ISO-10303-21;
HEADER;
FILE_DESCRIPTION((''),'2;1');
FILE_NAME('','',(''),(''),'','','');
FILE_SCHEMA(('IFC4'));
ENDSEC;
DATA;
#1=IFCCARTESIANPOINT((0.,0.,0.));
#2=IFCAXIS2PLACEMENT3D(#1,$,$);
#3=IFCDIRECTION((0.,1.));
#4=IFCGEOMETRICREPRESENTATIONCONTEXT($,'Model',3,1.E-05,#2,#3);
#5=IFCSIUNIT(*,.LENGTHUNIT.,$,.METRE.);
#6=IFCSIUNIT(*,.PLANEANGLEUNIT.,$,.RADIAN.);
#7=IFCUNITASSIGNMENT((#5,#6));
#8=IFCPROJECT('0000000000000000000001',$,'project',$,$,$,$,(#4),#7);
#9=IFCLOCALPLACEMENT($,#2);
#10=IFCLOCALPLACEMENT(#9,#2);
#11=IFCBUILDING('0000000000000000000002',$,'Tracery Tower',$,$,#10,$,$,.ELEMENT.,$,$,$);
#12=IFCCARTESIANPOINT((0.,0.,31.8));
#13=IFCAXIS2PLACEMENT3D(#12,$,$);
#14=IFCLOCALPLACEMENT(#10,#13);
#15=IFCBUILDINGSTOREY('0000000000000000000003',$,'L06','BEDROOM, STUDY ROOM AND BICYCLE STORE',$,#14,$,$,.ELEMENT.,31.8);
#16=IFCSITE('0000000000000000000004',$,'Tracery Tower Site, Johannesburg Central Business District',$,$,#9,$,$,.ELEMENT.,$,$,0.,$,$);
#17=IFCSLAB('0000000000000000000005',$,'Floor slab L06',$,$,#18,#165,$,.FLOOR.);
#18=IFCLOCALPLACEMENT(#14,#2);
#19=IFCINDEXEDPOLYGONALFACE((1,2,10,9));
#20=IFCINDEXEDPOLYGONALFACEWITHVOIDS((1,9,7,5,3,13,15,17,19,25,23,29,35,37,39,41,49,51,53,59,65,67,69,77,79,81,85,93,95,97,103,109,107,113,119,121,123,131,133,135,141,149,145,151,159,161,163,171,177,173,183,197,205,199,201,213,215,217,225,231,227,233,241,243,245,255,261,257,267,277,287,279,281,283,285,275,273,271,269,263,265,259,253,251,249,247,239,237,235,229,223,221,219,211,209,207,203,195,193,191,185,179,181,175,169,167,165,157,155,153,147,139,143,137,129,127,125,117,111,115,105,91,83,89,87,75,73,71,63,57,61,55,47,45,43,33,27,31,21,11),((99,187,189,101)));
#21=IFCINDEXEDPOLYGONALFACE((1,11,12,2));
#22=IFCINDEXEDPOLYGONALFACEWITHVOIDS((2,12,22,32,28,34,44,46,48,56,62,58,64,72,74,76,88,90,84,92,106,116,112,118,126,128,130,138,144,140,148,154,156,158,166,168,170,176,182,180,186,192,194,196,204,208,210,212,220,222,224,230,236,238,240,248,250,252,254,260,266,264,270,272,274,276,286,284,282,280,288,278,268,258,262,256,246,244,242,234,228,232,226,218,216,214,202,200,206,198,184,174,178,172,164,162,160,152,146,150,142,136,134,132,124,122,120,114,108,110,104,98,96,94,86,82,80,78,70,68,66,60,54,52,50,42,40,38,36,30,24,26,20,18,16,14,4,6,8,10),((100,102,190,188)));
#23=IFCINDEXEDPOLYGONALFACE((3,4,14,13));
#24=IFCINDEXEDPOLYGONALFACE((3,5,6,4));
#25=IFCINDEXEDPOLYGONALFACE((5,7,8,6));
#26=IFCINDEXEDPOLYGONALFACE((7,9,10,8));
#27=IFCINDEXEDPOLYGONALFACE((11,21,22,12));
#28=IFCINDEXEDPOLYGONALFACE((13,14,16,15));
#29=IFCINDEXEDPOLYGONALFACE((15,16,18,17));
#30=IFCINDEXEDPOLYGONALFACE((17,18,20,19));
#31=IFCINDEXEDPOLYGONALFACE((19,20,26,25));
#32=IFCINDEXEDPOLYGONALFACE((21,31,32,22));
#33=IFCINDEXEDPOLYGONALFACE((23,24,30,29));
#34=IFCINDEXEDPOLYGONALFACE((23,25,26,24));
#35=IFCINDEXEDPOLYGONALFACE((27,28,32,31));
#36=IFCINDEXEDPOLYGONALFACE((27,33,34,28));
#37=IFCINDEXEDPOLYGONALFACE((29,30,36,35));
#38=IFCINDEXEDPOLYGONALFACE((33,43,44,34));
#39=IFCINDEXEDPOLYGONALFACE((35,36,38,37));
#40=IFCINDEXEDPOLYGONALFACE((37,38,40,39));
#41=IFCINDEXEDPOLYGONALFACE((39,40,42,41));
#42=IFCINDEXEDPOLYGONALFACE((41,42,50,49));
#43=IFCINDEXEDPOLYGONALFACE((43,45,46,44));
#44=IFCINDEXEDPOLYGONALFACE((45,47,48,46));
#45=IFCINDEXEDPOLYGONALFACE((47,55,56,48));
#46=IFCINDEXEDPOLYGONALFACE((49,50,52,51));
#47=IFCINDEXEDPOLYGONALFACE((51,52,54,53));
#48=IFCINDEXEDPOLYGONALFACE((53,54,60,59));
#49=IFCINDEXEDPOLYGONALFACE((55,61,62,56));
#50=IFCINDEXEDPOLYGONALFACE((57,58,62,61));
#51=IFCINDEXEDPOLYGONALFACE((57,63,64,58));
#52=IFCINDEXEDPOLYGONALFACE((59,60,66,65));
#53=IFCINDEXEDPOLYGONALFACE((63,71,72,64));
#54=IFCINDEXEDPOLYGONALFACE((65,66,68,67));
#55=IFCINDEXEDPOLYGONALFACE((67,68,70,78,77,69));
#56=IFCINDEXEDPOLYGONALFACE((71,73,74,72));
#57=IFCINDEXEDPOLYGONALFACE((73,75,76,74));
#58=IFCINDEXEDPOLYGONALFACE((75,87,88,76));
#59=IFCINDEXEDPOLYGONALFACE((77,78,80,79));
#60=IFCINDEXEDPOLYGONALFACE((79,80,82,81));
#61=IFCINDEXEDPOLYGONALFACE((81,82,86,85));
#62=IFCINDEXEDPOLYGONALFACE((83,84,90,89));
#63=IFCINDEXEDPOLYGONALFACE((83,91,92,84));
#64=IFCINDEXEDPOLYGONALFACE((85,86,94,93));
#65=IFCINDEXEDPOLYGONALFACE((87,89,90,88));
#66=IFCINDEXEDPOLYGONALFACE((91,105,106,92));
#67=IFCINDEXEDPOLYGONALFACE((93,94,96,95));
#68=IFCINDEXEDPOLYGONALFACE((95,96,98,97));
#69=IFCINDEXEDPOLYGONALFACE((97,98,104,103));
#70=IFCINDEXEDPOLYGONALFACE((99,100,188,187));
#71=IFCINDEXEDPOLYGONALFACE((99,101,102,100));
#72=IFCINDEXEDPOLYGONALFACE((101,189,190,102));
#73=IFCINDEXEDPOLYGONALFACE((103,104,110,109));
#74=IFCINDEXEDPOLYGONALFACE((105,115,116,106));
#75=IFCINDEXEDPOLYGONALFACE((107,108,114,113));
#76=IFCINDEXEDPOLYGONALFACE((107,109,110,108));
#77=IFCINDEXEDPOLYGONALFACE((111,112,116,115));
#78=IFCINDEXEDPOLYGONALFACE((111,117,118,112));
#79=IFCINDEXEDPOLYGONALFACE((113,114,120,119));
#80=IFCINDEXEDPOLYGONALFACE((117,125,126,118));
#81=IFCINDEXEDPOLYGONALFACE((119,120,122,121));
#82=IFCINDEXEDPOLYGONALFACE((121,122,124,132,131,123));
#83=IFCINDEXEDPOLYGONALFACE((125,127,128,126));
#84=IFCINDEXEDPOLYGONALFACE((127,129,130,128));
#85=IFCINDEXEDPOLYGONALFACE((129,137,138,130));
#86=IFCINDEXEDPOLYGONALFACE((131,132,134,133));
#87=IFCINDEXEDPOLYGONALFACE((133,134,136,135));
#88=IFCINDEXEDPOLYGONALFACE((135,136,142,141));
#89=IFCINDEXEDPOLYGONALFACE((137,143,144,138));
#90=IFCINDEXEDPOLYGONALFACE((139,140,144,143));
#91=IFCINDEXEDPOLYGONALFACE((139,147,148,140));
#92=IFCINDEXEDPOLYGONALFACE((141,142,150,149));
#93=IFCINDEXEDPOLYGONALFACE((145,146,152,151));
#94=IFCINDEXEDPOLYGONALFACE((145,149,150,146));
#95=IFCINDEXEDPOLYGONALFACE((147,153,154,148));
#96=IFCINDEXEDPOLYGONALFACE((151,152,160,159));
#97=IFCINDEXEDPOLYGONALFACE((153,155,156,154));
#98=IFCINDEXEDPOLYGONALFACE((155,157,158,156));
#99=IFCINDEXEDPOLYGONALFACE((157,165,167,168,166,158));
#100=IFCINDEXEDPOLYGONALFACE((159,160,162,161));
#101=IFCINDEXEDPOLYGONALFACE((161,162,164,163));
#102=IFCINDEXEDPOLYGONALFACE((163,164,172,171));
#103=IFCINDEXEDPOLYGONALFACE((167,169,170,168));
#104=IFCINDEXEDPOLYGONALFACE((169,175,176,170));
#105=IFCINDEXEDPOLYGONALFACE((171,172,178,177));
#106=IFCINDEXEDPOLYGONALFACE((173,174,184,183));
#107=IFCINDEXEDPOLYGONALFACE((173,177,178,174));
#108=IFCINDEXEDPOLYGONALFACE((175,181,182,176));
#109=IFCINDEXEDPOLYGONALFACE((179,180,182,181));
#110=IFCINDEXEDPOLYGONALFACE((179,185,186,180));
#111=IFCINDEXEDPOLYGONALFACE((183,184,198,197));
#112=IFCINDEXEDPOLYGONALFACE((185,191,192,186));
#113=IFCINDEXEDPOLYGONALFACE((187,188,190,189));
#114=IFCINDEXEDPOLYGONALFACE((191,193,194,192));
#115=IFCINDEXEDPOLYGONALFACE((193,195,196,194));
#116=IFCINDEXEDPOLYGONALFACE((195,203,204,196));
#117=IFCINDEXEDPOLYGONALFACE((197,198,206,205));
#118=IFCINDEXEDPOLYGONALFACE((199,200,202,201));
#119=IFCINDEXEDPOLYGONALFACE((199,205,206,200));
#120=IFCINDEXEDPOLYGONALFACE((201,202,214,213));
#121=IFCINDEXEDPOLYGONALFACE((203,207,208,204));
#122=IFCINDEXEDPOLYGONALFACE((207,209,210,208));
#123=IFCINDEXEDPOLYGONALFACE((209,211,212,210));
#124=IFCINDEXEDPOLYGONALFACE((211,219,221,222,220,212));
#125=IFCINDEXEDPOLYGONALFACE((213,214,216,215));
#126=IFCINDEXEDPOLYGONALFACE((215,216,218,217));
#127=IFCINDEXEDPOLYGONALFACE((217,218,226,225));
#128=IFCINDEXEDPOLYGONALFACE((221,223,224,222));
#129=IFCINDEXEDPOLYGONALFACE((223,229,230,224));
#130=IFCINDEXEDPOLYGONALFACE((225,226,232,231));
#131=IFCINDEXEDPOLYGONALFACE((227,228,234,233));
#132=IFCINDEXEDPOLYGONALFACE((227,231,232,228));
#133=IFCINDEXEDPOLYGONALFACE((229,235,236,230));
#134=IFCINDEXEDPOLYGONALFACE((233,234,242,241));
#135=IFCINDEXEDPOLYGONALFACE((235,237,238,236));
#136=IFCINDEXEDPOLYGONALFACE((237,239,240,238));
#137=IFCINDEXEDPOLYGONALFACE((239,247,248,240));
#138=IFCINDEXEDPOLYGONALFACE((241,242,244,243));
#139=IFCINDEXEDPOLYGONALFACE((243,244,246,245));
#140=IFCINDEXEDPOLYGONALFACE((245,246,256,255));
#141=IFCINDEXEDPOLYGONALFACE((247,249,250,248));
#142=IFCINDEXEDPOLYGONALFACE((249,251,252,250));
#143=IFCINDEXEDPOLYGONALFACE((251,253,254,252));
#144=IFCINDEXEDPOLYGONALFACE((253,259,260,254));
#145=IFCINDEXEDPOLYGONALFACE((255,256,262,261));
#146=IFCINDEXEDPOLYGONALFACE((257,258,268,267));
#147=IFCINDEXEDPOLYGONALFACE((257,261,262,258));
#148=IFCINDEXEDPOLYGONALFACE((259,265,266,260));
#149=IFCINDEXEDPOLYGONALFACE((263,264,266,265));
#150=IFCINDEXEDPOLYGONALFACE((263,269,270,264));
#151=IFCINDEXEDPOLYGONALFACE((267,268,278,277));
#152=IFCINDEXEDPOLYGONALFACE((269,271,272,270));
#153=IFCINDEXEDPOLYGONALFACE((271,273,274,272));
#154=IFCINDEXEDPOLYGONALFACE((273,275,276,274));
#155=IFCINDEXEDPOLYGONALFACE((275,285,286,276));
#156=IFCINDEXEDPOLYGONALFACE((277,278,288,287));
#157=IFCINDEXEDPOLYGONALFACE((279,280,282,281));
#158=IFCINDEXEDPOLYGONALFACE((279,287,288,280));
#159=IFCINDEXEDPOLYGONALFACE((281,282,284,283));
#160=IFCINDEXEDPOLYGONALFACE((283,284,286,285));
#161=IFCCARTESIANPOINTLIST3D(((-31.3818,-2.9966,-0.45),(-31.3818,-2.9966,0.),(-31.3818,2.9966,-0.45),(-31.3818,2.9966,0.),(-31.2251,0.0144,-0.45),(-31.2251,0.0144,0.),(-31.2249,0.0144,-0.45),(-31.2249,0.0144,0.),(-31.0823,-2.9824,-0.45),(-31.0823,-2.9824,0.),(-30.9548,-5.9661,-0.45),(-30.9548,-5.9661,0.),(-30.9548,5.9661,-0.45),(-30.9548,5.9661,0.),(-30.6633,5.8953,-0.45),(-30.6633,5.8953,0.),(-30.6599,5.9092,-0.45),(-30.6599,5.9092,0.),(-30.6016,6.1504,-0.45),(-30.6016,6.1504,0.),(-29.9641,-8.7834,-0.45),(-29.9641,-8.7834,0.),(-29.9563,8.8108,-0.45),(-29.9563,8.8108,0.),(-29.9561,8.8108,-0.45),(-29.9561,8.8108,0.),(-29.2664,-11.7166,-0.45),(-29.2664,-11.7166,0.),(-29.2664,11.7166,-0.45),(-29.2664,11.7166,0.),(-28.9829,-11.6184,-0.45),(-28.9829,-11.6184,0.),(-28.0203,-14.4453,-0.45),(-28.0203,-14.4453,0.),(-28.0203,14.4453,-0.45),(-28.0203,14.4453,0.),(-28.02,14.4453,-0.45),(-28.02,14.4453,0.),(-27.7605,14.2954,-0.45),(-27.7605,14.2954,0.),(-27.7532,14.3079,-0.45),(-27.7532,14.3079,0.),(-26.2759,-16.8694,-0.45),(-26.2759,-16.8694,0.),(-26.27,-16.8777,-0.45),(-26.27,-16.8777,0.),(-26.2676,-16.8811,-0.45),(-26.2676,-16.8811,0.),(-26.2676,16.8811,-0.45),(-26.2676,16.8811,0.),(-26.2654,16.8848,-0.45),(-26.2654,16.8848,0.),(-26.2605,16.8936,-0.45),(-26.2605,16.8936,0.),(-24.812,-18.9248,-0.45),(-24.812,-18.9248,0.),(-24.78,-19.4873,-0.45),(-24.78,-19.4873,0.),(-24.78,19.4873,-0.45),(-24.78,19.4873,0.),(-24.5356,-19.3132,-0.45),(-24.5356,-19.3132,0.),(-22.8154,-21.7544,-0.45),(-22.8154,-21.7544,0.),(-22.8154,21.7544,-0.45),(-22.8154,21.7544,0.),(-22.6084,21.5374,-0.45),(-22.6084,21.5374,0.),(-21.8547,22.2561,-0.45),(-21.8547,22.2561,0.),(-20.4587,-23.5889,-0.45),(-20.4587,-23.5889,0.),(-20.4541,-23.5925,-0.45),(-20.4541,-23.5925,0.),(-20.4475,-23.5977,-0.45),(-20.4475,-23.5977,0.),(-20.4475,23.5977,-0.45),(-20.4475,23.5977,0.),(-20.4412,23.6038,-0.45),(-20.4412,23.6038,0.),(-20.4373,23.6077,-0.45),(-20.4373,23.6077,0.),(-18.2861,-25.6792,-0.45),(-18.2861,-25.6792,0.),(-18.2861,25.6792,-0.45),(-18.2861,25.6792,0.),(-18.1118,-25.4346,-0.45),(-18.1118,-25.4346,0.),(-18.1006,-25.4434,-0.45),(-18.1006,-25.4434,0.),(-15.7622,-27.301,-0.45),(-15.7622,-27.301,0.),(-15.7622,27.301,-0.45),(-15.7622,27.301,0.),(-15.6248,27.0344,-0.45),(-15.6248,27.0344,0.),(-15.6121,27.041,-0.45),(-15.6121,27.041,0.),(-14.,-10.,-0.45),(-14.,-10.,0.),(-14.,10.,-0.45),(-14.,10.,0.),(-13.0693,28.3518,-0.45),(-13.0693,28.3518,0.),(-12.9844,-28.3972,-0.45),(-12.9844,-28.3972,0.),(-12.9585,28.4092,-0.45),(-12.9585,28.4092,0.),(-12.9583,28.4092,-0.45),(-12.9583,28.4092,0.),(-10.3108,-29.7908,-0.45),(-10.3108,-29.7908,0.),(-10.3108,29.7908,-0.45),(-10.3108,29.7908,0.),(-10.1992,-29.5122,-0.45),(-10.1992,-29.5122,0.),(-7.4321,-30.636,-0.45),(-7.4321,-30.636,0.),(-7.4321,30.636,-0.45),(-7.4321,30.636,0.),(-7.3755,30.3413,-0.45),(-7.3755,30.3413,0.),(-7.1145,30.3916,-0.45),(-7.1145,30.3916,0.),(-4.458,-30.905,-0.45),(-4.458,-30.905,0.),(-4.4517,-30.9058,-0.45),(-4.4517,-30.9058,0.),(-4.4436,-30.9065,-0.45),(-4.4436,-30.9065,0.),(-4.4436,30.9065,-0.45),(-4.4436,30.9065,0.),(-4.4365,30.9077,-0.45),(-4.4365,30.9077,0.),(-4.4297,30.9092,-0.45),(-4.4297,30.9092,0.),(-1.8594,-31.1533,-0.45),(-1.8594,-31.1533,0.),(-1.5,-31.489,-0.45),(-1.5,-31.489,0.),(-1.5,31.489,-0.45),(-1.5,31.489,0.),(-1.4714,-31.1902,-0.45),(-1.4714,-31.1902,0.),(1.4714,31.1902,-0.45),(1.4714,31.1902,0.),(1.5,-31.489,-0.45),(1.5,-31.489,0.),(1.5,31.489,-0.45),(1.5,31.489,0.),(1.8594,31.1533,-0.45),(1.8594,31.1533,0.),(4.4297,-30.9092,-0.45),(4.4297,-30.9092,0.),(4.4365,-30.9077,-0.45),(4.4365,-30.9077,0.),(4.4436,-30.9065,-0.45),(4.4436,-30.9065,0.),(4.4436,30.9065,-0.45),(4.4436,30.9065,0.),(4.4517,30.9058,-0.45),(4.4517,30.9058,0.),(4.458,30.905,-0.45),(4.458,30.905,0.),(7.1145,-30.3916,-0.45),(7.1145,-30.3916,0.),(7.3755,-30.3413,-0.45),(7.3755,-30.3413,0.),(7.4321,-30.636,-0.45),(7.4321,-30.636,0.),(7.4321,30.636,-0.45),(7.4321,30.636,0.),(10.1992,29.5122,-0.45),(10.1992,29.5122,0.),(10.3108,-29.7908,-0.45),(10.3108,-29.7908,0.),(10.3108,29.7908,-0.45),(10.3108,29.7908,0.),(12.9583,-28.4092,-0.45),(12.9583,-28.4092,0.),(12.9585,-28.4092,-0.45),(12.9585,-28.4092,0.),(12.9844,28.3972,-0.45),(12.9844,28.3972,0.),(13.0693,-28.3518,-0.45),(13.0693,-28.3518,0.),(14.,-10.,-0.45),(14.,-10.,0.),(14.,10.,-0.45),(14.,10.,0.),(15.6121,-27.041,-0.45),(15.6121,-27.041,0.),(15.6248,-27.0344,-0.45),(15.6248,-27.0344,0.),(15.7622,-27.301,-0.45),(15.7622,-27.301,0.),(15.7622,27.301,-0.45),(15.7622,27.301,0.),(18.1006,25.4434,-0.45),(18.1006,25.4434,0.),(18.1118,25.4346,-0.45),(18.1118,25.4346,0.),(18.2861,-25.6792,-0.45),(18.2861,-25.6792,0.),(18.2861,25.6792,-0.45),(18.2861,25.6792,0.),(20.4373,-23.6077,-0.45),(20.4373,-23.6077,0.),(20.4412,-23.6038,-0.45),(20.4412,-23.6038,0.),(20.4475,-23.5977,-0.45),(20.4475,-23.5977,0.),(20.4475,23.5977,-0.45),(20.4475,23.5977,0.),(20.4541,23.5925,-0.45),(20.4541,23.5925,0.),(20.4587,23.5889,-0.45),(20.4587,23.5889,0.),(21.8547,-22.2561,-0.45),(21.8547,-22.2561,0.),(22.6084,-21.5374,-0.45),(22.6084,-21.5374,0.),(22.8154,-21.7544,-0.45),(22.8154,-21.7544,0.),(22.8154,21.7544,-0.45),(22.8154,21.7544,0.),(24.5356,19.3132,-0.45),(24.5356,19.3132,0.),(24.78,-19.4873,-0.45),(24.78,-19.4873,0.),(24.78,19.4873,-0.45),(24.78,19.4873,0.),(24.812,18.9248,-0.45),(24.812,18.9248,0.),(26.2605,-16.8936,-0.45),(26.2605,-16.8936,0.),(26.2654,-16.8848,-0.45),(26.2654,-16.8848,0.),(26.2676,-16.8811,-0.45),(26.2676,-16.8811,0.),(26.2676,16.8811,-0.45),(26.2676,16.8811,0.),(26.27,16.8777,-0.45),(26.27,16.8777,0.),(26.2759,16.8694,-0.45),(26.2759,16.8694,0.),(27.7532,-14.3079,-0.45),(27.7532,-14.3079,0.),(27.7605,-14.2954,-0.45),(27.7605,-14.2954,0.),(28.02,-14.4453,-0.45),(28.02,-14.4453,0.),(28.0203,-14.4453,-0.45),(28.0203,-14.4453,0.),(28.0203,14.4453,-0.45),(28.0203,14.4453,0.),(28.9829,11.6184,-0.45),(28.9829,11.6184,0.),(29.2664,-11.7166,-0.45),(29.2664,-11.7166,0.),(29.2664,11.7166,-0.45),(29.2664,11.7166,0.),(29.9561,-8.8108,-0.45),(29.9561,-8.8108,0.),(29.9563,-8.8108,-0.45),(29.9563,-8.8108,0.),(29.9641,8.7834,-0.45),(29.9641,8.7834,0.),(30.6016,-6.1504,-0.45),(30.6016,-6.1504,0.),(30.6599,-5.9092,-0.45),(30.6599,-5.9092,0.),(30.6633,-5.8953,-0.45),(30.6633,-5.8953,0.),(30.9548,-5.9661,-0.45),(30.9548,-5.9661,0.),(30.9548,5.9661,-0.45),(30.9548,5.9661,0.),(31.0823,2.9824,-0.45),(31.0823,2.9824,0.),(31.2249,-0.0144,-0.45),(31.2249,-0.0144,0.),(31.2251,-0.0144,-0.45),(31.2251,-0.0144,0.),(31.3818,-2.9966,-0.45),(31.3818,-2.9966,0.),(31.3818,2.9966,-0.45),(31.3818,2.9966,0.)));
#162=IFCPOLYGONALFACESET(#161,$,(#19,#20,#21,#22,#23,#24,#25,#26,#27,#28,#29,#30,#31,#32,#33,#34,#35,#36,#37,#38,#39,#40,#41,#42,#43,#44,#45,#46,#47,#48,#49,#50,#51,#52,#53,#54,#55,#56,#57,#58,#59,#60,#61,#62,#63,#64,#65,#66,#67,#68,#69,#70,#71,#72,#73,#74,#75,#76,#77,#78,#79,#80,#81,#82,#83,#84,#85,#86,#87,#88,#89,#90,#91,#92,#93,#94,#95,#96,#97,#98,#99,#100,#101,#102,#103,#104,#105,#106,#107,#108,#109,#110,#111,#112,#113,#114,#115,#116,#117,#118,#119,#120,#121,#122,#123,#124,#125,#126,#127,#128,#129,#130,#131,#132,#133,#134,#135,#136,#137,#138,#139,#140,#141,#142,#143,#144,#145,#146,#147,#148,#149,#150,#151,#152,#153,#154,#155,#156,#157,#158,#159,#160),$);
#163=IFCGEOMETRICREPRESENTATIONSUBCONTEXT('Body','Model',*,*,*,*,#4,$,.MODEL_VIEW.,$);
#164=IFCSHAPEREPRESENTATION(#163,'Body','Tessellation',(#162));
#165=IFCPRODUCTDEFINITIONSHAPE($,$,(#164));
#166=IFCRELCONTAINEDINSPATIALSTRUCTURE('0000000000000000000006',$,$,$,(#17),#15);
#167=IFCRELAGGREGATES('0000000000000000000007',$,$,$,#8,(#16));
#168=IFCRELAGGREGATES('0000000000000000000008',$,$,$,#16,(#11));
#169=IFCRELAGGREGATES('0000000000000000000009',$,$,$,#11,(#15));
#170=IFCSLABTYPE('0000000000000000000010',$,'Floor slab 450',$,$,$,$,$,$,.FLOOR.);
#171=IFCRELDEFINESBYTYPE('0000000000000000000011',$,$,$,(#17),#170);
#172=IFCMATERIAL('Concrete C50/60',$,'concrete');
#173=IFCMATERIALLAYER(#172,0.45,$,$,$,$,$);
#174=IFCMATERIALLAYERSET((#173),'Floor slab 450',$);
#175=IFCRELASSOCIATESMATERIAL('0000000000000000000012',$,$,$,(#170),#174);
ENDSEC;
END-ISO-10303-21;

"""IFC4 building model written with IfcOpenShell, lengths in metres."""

from ifc_helpers import new_model, si_unit, direction, frame, origin, place, context, subcontext, project, spatial, polyline, outline, extrude, material, layer, layer_set, type_object, element, save


model = new_model("IFC4")

# Units and contexts
model_context = context("Model", 3, precision=1e-05, world=origin(), true_north=direction((0.0, 1.0)))
body_context = subcontext(model_context, "Body", "Model", "MODEL_VIEW")
ifc_project = project(units=[si_unit("LENGTHUNIT", "METRE"), si_unit("PLANEANGLEUNIT", "RADIAN")], contexts=[model_context])

# Site, building, storey
site_placement = place(None, origin())
site = spatial("IfcSite", under=ifc_project, at=site_placement, Name="Tracery Tower Site, Johannesburg Central Business District", CompositionType="ELEMENT", RefElevation=0.0)
building_placement = place(site_placement, origin())
building = spatial("IfcBuilding", under=site, at=building_placement, Name="Tracery Tower", CompositionType="ELEMENT")
storey_placement = place(building_placement, frame((0.0, 0.0, 31.8)))
storey = spatial("IfcBuildingStorey", under=building, at=storey_placement, Name="L06", Description="BEDROOM, STUDY ROOM AND BICYCLE STORE", CompositionType="ELEMENT", Elevation=31.8)

# Slab
ifc_material_1 = material(Name="Concrete C50/60", Category="concrete")
ifc_layer_1 = layer(ifc_material_1, 0.45)
ifc_layer_set_1 = layer_set([ifc_layer_1], Name="Floor slab 450")
slab_type_1 = type_object("IfcSlabType", Name="Floor slab 450", PredefinedType="FLOOR", material=ifc_layer_set_1)
slab_1_placement = place(storey_placement, frame((0.0, 0.0, -0.45)))
element("IfcSlab", 1, at=slab_1_placement, inside=storey, type_object=slab_type_1, Name="Floor slab L06", PredefinedType="FLOOR", context=body_context, shape_type="SweptSolid", body=[
    extrude(outline(polyline([(29.9641, 8.7834), (29.9641, 8.7834), (28.9829, 11.6184), (29.2664, 11.7166), (28.0203, 14.4453), (26.2759, 16.8694), (26.2759, 16.8694), (26.27, 16.8777), (26.2676, 16.8811), (24.812, 18.9248), (24.5356, 19.3132), (24.78, 19.4873), (22.8154, 21.7544), (20.4587, 23.5889), (20.4587, 23.5889), (20.4541, 23.5925), (20.4475, 23.5977), (18.1118, 25.4346), (18.1118, 25.4346), (18.1006, 25.4434), (18.2861, 25.6792), (15.7622, 27.301), (12.9844, 28.3972), (12.9844, 28.3972), (10.1992, 29.5122), (10.3108, 29.7908), (7.4321, 30.636), (4.458, 30.905), (4.458, 30.905), (4.4517, 30.9058), (4.4436, 30.9065), (1.8594, 31.1533), (1.4714, 31.1902), (1.5, 31.489), (1.5, 31.489), (-1.5, 31.489), (-4.4297, 30.9092), (-4.4297, 30.9092), (-4.4365, 30.9077), (-4.4436, 30.9065), (-7.1145, 30.3916), (-7.3755, 30.3413), (-7.4321, 30.636), (-10.3108, 29.7908), (-12.9585, 28.4092), (-12.9583, 28.4092), (-13.0693, 28.3518), (-15.6121, 27.041), (-15.6121, 27.041), (-15.6248, 27.0344), (-15.7622, 27.301), (-15.7622, 27.301), (-18.2861, 25.6792), (-20.4373, 23.6077), (-20.4373, 23.6077), (-20.4412, 23.6038), (-20.4475, 23.5977), (-21.8547, 22.2561), (-22.6084, 21.5374), (-22.8154, 21.7544), (-24.78, 19.4873), (-26.2605, 16.8936), (-26.2605, 16.8936), (-26.2654, 16.8848), (-26.2676, 16.8811), (-27.7532, 14.3079), (-27.7532, 14.3079), (-27.7605, 14.2954), (-28.02, 14.4453), (-28.0203, 14.4453), (-29.2664, 11.7166), (-29.9563, 8.8108), (-29.9561, 8.8108), (-30.6016, 6.1504), (-30.6599, 5.9092), (-30.6599, 5.9092), (-30.6633, 5.8953), (-30.9548, 5.9661), (-31.3818, 2.9966), (-31.2251, 0.0144), (-31.2249, 0.0144), (-31.0823, -2.9824), (-31.3818, -2.9966), (-30.9548, -5.9661), (-29.9641, -8.7834), (-29.9641, -8.7834), (-28.9829, -11.6184), (-29.2664, -11.7166), (-28.0203, -14.4453), (-26.2759, -16.8694), (-26.2759, -16.8694), (-26.27, -16.8777), (-26.2676, -16.8811), (-24.812, -18.9248), (-24.5356, -19.3132), (-24.78, -19.4873), (-22.8154, -21.7544), (-20.4587, -23.5889), (-20.4587, -23.5889), (-20.4541, -23.5925), (-20.4475, -23.5977), (-18.1118, -25.4346), (-18.1118, -25.4346), (-18.1006, -25.4434), (-18.2861, -25.6792), (-15.7622, -27.301), (-12.9844, -28.3972), (-12.9844, -28.3972), (-10.1992, -29.5122), (-10.3108, -29.7908), (-7.4321, -30.636), (-4.458, -30.905), (-4.458, -30.905), (-4.4517, -30.9058), (-4.4436, -30.9065), (-1.8594, -31.1533), (-1.4714, -31.1902), (-1.5, -31.489), (-1.5, -31.489), (1.5, -31.489), (4.4297, -30.9092), (4.4297, -30.9092), (4.4365, -30.9077), (4.4436, -30.9065), (7.1145, -30.3916), (7.3755, -30.3413), (7.4321, -30.636), (10.3108, -29.7908), (12.9585, -28.4092), (12.9583, -28.4092), (13.0693, -28.3518), (15.6121, -27.041), (15.6121, -27.041), (15.6248, -27.0344), (15.7622, -27.301), (15.7622, -27.301), (18.2861, -25.6792), (20.4373, -23.6077), (20.4373, -23.6077), (20.4412, -23.6038), (20.4475, -23.5977), (21.8547, -22.2561), (22.6084, -21.5374), (22.8154, -21.7544), (24.78, -19.4873), (26.2605, -16.8936), (26.2605, -16.8936), (26.2654, -16.8848), (26.2676, -16.8811), (27.7532, -14.3079), (27.7532, -14.3079), (27.7605, -14.2954), (28.02, -14.4453), (28.0203, -14.4453), (29.2664, -11.7166), (29.9563, -8.8108), (29.9561, -8.8108), (30.6016, -6.1504), (30.6599, -5.9092), (30.6599, -5.9092), (30.6633, -5.8953), (30.9548, -5.9661), (31.3818, -2.9966), (31.2251, -0.0144), (31.2249, -0.0144), (31.0823, 2.9824), (31.3818, 2.9966), (30.9548, 5.9661), (29.9641, 8.7834)]), holes=[polyline([(-14.0, -10.0), (14.0, -10.0), (14.0, 10.0), (-14.0, 10.0), (-14.0, -10.0)])]), origin(), (0.0, 0.0, 1.0), 0.45),
])

save(model, "model.ifc")
